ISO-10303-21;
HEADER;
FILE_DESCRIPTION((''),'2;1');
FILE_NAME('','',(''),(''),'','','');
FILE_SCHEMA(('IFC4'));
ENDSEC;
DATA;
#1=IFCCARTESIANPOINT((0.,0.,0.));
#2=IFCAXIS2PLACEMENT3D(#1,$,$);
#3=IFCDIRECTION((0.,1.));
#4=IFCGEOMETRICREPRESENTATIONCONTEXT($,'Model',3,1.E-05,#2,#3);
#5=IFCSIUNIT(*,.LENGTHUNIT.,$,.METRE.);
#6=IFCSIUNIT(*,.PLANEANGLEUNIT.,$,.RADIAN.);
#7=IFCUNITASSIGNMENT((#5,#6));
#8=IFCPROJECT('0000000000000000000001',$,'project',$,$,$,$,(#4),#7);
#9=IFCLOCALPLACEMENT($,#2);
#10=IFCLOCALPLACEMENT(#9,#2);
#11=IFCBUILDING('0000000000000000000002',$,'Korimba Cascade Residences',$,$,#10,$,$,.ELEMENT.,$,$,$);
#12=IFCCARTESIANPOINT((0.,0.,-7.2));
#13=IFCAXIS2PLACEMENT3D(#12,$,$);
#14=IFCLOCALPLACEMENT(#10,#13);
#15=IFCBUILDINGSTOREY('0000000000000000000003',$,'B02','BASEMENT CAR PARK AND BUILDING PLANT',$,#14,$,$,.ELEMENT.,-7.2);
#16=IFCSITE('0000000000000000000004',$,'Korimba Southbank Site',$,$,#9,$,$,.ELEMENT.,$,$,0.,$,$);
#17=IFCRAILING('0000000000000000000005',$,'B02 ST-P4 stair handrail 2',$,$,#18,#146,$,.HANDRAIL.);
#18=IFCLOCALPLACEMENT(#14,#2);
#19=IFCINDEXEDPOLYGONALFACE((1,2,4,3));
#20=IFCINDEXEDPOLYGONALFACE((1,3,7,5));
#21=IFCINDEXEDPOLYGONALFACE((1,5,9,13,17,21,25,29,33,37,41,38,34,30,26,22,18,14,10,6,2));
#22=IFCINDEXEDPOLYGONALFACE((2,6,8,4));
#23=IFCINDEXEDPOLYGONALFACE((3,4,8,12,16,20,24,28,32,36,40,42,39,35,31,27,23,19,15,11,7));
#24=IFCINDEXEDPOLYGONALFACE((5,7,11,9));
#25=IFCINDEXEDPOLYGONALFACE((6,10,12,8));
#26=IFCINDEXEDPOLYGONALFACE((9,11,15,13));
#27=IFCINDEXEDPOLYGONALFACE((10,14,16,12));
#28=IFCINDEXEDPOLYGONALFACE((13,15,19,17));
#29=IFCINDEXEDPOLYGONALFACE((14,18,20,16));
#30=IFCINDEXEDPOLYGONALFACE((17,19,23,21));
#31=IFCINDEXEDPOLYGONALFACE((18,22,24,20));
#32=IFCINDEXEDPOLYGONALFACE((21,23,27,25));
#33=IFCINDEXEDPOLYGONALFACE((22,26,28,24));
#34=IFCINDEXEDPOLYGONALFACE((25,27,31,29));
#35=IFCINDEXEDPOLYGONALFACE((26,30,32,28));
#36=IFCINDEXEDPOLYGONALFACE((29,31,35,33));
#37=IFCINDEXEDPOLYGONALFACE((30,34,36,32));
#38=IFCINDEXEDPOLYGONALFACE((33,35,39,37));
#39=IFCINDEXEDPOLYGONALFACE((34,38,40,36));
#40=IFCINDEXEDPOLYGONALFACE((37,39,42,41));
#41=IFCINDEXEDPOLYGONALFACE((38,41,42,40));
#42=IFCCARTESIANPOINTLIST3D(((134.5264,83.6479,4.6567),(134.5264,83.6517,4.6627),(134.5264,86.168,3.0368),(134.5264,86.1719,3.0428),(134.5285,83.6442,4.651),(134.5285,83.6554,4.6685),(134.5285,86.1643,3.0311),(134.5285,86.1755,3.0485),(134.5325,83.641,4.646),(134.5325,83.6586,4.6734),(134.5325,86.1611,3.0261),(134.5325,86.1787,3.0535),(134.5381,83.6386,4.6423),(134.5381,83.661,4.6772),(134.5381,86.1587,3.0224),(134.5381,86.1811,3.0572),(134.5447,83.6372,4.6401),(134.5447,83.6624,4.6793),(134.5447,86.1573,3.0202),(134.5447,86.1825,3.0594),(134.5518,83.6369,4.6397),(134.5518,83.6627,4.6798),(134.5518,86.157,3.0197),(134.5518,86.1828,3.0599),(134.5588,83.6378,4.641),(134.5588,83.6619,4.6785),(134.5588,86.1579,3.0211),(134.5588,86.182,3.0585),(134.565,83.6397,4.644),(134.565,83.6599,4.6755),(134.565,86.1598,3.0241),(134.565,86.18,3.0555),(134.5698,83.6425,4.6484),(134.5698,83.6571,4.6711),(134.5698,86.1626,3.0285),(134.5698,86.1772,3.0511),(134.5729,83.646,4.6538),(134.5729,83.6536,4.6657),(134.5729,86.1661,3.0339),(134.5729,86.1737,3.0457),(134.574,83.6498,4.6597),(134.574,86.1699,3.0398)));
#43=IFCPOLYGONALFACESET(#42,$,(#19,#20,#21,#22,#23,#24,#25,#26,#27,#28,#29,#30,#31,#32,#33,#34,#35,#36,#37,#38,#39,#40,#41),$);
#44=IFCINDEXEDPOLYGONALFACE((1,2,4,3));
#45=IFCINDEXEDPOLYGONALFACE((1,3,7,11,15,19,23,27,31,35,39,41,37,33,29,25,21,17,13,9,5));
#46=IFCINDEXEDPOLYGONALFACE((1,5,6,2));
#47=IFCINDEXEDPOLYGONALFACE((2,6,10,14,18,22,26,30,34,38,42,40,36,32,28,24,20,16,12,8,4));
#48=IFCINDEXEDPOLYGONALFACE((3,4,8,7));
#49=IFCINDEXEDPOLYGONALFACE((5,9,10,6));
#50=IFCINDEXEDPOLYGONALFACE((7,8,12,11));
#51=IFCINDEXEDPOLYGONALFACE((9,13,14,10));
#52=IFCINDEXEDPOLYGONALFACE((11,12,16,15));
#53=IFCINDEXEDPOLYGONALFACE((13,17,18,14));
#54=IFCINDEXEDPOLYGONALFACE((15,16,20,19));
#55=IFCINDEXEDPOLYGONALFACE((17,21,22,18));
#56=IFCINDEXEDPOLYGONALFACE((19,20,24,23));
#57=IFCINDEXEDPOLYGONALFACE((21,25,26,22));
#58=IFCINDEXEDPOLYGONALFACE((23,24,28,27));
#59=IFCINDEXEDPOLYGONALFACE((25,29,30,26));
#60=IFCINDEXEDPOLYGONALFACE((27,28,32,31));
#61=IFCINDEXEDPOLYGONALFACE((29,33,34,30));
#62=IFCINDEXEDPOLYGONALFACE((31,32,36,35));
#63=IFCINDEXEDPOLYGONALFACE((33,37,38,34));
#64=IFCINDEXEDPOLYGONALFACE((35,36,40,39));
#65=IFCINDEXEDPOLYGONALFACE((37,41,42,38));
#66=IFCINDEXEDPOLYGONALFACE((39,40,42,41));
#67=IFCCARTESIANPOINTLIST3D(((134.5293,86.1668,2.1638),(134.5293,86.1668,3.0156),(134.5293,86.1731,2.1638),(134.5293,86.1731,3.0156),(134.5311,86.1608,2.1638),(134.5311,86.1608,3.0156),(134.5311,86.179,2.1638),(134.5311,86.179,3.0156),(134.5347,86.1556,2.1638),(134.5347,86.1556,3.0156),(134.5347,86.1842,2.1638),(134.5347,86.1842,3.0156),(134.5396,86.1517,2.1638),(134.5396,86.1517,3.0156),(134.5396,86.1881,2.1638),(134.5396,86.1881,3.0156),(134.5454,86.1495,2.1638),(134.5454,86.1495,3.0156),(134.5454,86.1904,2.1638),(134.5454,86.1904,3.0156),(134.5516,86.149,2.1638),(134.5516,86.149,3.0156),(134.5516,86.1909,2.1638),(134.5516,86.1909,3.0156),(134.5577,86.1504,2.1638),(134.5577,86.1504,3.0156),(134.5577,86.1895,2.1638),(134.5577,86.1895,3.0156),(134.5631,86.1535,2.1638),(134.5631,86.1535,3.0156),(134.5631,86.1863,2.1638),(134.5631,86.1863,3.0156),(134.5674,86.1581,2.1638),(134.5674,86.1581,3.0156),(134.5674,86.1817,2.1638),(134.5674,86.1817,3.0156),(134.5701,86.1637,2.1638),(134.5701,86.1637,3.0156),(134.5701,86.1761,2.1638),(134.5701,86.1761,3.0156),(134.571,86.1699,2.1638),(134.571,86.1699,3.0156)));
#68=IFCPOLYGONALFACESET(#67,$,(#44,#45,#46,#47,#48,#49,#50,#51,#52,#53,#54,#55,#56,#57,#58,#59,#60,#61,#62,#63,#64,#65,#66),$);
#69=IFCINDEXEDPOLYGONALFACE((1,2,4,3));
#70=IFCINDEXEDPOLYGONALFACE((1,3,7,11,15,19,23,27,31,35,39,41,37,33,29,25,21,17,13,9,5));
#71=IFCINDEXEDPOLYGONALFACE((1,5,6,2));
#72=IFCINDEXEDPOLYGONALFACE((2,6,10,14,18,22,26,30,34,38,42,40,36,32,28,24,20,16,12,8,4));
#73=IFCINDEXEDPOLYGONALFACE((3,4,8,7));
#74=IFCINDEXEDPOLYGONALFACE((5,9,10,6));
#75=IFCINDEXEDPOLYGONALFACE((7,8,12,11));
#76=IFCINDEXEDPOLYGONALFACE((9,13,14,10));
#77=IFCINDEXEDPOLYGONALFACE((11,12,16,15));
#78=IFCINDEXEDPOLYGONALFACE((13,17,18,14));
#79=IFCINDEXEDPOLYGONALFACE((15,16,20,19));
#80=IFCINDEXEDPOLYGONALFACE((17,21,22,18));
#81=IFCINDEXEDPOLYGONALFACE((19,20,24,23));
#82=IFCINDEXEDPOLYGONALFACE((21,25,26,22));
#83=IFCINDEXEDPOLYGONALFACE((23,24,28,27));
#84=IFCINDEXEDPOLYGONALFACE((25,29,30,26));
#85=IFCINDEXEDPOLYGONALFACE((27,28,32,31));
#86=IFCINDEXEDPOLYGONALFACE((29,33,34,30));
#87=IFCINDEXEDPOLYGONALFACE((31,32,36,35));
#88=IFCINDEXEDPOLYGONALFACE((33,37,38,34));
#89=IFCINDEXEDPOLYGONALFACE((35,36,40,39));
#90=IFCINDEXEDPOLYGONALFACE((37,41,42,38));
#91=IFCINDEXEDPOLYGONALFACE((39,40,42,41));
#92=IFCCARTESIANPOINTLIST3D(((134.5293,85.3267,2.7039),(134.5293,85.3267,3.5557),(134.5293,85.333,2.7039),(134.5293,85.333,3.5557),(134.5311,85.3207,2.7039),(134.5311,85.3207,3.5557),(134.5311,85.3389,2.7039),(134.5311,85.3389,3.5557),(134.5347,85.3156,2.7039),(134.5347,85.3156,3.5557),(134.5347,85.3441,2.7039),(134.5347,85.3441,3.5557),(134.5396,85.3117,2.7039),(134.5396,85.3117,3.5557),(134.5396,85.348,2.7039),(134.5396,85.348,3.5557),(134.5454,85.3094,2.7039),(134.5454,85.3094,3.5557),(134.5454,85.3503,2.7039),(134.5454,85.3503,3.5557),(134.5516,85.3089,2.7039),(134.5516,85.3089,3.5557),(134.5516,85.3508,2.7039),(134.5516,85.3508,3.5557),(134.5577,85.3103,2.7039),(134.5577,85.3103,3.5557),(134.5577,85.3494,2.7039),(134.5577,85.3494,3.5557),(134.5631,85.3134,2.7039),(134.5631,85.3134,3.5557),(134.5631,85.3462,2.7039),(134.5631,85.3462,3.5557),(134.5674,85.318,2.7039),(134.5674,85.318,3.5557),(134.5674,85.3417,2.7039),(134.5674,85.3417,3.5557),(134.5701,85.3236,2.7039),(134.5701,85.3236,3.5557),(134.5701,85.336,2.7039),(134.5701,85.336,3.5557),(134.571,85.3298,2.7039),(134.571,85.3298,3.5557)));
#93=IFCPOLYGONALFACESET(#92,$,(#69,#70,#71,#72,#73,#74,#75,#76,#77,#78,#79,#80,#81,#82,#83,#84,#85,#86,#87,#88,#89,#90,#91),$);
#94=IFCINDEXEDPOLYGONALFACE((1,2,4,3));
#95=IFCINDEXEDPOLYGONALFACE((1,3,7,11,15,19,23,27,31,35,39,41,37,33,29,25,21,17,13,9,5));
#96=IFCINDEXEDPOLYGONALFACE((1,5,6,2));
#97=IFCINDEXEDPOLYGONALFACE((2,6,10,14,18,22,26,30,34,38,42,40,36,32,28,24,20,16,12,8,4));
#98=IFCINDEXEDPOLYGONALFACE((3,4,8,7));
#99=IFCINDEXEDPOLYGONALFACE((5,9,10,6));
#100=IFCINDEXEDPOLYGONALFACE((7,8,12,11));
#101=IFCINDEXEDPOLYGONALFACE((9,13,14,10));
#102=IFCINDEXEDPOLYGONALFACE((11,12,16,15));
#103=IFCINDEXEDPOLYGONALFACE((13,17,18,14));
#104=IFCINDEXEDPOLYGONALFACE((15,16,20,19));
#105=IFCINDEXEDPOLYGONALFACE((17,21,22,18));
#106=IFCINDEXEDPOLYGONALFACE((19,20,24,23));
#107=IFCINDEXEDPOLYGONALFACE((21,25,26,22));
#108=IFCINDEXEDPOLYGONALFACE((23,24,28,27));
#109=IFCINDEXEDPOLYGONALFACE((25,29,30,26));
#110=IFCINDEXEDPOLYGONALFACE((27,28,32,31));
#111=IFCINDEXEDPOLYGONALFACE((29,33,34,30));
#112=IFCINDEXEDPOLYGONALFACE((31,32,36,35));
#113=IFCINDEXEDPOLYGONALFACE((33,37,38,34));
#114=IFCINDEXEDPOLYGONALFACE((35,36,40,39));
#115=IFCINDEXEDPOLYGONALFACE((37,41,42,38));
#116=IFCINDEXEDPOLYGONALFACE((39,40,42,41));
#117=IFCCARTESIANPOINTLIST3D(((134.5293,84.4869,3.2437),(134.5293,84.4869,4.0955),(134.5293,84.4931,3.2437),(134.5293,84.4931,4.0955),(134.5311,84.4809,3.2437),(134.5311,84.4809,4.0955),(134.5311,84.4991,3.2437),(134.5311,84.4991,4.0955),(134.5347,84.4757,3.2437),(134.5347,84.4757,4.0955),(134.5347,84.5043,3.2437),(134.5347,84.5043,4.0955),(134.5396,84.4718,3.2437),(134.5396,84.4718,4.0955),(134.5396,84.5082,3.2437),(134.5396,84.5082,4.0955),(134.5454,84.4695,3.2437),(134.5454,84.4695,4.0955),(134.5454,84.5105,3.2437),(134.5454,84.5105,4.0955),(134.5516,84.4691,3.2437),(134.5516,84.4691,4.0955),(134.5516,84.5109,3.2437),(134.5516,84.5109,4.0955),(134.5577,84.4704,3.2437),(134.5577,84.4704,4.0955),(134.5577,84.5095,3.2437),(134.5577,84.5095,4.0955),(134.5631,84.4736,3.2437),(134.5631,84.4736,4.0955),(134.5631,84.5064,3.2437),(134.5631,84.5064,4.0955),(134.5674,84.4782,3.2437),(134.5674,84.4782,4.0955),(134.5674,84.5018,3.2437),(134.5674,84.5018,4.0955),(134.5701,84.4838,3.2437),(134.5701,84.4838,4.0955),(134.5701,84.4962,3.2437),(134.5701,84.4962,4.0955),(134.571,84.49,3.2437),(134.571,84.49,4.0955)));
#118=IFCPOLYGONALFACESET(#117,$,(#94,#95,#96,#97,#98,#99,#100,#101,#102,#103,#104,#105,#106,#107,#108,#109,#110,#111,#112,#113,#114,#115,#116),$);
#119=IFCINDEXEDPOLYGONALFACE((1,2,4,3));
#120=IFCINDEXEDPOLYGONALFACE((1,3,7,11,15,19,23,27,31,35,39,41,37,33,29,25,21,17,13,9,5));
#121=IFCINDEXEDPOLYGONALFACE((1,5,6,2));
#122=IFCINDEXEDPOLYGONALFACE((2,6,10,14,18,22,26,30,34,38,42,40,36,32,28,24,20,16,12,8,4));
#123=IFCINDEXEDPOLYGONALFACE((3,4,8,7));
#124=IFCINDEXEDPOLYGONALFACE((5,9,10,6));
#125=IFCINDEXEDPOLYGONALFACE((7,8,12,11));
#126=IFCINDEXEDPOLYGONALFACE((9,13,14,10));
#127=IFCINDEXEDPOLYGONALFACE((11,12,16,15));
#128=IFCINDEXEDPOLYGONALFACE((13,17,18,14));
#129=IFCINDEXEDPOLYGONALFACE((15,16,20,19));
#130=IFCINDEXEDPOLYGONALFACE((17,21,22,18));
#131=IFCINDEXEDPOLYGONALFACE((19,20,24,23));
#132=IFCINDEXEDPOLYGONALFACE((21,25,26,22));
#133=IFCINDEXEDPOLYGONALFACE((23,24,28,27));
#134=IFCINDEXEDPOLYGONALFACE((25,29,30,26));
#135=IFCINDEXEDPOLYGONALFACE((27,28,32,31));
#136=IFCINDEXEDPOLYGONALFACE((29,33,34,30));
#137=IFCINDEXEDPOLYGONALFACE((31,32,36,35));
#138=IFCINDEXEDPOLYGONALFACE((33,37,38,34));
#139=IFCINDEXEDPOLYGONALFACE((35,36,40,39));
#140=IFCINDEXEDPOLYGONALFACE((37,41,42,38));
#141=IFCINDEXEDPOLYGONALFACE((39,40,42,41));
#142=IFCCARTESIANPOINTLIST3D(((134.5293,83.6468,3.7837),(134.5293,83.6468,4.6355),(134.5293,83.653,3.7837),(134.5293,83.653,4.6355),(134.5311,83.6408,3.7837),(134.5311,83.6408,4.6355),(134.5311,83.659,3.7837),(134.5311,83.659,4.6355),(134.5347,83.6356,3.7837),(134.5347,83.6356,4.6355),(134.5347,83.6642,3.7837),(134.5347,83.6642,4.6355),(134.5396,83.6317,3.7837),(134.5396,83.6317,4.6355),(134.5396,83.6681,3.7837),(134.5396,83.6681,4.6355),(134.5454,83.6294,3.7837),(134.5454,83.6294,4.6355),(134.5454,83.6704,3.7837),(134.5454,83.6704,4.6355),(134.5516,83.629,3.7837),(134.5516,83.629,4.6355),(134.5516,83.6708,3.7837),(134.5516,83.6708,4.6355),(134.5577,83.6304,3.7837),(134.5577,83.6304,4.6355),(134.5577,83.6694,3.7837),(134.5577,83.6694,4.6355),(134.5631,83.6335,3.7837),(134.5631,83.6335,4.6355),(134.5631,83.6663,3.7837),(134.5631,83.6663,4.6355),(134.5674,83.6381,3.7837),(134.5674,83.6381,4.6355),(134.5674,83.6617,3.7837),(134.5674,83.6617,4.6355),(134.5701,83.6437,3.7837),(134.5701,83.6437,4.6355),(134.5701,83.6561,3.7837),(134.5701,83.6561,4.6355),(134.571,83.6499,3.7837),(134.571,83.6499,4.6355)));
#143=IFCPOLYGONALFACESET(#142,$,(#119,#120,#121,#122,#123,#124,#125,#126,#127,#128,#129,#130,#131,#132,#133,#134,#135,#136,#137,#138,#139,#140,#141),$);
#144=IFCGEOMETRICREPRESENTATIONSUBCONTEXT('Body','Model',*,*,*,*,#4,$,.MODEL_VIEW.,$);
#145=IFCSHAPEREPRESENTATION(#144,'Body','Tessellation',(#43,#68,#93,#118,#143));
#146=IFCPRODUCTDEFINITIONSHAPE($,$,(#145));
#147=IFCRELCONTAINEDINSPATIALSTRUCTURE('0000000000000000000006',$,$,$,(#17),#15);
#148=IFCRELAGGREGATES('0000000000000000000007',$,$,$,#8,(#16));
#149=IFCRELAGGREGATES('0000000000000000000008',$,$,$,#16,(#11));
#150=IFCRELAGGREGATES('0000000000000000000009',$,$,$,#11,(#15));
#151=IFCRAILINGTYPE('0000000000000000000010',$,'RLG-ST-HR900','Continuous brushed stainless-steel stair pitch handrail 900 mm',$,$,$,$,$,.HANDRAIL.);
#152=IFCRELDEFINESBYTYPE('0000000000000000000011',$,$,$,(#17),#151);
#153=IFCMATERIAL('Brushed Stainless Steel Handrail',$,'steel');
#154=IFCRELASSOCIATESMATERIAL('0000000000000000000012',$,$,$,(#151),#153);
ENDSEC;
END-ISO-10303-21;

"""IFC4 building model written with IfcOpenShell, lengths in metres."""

from ifc_helpers import new_model, si_unit, direction, frame, origin, origin_2d, place, context, subcontext, project, spatial, circle, extrude, material, type_object, element, save


model = new_model("IFC4")

# Units and contexts
model_context = context("Model", 3, precision=1e-05, world=origin(), true_north=direction((0.0, 1.0)))
body_context = subcontext(model_context, "Body", "Model", "MODEL_VIEW")
ifc_project = project(units=[si_unit("LENGTHUNIT", "METRE"), si_unit("PLANEANGLEUNIT", "RADIAN")], contexts=[model_context])

# Site, building, storey
site_placement = place(None, origin())
site = spatial("IfcSite", under=ifc_project, at=site_placement, Name="Korimba Southbank Site", CompositionType="ELEMENT", RefElevation=0.0)
building_placement = place(site_placement, origin())
building = spatial("IfcBuilding", under=site, at=building_placement, Name="Korimba Cascade Residences", CompositionType="ELEMENT")
storey_placement = place(building_placement, frame((0.0, 0.0, -7.2)))
storey = spatial("IfcBuildingStorey", under=building, at=storey_placement, Name="B02", Description="BASEMENT CAR PARK AND BUILDING PLANT", CompositionType="ELEMENT", Elevation=-7.2)

# Railing
ifc_material_1 = material(Name="Brushed Stainless Steel Handrail", Category="steel")
railing_type_1 = type_object("IfcRailingType", Name="RLG-ST-HR900", Description="Continuous brushed stainless-steel stair pitch handrail 900 mm", PredefinedType="HANDRAIL", material=ifc_material_1)
railing_1_placement = place(storey_placement, frame((134.55, 86.1699, 2.1638)))
element("IfcRailing", 1, at=railing_1_placement, inside=storey, type_object=railing_type_1, Name="B02 ST-P4 stair handrail 2", PredefinedType="HANDRAIL", context=body_context, shape_type="SweptSolid", body=[
    extrude(circle(Radius=0.0239, at=origin_2d()), frame((0.0, 0.0, 0.876), z_axis=(0.0, -0.8412, 0.540725), x_axis=(1.0, 0.0, 0.0)), (0.0, 0.0, 1.0), 2.9958),
    extrude(circle(Radius=0.021, at=origin_2d()), origin(), (0.0, 0.0, 1.0), 0.8518),
    extrude(circle(Radius=0.021, at=origin_2d()), frame((0.0, -0.8401, 0.54)), (0.0, 0.0, 1.0), 0.8518),
    extrude(circle(Radius=0.021, at=origin_2d()), frame((0.0, -1.6799, 1.0798)), (0.0, 0.0, 1.0), 0.8518),
    extrude(circle(Radius=0.021, at=origin_2d()), frame((0.0, -2.52, 1.6199)), (0.0, 0.0, 1.0), 0.8518),
])

save(model, "model.ifc")
